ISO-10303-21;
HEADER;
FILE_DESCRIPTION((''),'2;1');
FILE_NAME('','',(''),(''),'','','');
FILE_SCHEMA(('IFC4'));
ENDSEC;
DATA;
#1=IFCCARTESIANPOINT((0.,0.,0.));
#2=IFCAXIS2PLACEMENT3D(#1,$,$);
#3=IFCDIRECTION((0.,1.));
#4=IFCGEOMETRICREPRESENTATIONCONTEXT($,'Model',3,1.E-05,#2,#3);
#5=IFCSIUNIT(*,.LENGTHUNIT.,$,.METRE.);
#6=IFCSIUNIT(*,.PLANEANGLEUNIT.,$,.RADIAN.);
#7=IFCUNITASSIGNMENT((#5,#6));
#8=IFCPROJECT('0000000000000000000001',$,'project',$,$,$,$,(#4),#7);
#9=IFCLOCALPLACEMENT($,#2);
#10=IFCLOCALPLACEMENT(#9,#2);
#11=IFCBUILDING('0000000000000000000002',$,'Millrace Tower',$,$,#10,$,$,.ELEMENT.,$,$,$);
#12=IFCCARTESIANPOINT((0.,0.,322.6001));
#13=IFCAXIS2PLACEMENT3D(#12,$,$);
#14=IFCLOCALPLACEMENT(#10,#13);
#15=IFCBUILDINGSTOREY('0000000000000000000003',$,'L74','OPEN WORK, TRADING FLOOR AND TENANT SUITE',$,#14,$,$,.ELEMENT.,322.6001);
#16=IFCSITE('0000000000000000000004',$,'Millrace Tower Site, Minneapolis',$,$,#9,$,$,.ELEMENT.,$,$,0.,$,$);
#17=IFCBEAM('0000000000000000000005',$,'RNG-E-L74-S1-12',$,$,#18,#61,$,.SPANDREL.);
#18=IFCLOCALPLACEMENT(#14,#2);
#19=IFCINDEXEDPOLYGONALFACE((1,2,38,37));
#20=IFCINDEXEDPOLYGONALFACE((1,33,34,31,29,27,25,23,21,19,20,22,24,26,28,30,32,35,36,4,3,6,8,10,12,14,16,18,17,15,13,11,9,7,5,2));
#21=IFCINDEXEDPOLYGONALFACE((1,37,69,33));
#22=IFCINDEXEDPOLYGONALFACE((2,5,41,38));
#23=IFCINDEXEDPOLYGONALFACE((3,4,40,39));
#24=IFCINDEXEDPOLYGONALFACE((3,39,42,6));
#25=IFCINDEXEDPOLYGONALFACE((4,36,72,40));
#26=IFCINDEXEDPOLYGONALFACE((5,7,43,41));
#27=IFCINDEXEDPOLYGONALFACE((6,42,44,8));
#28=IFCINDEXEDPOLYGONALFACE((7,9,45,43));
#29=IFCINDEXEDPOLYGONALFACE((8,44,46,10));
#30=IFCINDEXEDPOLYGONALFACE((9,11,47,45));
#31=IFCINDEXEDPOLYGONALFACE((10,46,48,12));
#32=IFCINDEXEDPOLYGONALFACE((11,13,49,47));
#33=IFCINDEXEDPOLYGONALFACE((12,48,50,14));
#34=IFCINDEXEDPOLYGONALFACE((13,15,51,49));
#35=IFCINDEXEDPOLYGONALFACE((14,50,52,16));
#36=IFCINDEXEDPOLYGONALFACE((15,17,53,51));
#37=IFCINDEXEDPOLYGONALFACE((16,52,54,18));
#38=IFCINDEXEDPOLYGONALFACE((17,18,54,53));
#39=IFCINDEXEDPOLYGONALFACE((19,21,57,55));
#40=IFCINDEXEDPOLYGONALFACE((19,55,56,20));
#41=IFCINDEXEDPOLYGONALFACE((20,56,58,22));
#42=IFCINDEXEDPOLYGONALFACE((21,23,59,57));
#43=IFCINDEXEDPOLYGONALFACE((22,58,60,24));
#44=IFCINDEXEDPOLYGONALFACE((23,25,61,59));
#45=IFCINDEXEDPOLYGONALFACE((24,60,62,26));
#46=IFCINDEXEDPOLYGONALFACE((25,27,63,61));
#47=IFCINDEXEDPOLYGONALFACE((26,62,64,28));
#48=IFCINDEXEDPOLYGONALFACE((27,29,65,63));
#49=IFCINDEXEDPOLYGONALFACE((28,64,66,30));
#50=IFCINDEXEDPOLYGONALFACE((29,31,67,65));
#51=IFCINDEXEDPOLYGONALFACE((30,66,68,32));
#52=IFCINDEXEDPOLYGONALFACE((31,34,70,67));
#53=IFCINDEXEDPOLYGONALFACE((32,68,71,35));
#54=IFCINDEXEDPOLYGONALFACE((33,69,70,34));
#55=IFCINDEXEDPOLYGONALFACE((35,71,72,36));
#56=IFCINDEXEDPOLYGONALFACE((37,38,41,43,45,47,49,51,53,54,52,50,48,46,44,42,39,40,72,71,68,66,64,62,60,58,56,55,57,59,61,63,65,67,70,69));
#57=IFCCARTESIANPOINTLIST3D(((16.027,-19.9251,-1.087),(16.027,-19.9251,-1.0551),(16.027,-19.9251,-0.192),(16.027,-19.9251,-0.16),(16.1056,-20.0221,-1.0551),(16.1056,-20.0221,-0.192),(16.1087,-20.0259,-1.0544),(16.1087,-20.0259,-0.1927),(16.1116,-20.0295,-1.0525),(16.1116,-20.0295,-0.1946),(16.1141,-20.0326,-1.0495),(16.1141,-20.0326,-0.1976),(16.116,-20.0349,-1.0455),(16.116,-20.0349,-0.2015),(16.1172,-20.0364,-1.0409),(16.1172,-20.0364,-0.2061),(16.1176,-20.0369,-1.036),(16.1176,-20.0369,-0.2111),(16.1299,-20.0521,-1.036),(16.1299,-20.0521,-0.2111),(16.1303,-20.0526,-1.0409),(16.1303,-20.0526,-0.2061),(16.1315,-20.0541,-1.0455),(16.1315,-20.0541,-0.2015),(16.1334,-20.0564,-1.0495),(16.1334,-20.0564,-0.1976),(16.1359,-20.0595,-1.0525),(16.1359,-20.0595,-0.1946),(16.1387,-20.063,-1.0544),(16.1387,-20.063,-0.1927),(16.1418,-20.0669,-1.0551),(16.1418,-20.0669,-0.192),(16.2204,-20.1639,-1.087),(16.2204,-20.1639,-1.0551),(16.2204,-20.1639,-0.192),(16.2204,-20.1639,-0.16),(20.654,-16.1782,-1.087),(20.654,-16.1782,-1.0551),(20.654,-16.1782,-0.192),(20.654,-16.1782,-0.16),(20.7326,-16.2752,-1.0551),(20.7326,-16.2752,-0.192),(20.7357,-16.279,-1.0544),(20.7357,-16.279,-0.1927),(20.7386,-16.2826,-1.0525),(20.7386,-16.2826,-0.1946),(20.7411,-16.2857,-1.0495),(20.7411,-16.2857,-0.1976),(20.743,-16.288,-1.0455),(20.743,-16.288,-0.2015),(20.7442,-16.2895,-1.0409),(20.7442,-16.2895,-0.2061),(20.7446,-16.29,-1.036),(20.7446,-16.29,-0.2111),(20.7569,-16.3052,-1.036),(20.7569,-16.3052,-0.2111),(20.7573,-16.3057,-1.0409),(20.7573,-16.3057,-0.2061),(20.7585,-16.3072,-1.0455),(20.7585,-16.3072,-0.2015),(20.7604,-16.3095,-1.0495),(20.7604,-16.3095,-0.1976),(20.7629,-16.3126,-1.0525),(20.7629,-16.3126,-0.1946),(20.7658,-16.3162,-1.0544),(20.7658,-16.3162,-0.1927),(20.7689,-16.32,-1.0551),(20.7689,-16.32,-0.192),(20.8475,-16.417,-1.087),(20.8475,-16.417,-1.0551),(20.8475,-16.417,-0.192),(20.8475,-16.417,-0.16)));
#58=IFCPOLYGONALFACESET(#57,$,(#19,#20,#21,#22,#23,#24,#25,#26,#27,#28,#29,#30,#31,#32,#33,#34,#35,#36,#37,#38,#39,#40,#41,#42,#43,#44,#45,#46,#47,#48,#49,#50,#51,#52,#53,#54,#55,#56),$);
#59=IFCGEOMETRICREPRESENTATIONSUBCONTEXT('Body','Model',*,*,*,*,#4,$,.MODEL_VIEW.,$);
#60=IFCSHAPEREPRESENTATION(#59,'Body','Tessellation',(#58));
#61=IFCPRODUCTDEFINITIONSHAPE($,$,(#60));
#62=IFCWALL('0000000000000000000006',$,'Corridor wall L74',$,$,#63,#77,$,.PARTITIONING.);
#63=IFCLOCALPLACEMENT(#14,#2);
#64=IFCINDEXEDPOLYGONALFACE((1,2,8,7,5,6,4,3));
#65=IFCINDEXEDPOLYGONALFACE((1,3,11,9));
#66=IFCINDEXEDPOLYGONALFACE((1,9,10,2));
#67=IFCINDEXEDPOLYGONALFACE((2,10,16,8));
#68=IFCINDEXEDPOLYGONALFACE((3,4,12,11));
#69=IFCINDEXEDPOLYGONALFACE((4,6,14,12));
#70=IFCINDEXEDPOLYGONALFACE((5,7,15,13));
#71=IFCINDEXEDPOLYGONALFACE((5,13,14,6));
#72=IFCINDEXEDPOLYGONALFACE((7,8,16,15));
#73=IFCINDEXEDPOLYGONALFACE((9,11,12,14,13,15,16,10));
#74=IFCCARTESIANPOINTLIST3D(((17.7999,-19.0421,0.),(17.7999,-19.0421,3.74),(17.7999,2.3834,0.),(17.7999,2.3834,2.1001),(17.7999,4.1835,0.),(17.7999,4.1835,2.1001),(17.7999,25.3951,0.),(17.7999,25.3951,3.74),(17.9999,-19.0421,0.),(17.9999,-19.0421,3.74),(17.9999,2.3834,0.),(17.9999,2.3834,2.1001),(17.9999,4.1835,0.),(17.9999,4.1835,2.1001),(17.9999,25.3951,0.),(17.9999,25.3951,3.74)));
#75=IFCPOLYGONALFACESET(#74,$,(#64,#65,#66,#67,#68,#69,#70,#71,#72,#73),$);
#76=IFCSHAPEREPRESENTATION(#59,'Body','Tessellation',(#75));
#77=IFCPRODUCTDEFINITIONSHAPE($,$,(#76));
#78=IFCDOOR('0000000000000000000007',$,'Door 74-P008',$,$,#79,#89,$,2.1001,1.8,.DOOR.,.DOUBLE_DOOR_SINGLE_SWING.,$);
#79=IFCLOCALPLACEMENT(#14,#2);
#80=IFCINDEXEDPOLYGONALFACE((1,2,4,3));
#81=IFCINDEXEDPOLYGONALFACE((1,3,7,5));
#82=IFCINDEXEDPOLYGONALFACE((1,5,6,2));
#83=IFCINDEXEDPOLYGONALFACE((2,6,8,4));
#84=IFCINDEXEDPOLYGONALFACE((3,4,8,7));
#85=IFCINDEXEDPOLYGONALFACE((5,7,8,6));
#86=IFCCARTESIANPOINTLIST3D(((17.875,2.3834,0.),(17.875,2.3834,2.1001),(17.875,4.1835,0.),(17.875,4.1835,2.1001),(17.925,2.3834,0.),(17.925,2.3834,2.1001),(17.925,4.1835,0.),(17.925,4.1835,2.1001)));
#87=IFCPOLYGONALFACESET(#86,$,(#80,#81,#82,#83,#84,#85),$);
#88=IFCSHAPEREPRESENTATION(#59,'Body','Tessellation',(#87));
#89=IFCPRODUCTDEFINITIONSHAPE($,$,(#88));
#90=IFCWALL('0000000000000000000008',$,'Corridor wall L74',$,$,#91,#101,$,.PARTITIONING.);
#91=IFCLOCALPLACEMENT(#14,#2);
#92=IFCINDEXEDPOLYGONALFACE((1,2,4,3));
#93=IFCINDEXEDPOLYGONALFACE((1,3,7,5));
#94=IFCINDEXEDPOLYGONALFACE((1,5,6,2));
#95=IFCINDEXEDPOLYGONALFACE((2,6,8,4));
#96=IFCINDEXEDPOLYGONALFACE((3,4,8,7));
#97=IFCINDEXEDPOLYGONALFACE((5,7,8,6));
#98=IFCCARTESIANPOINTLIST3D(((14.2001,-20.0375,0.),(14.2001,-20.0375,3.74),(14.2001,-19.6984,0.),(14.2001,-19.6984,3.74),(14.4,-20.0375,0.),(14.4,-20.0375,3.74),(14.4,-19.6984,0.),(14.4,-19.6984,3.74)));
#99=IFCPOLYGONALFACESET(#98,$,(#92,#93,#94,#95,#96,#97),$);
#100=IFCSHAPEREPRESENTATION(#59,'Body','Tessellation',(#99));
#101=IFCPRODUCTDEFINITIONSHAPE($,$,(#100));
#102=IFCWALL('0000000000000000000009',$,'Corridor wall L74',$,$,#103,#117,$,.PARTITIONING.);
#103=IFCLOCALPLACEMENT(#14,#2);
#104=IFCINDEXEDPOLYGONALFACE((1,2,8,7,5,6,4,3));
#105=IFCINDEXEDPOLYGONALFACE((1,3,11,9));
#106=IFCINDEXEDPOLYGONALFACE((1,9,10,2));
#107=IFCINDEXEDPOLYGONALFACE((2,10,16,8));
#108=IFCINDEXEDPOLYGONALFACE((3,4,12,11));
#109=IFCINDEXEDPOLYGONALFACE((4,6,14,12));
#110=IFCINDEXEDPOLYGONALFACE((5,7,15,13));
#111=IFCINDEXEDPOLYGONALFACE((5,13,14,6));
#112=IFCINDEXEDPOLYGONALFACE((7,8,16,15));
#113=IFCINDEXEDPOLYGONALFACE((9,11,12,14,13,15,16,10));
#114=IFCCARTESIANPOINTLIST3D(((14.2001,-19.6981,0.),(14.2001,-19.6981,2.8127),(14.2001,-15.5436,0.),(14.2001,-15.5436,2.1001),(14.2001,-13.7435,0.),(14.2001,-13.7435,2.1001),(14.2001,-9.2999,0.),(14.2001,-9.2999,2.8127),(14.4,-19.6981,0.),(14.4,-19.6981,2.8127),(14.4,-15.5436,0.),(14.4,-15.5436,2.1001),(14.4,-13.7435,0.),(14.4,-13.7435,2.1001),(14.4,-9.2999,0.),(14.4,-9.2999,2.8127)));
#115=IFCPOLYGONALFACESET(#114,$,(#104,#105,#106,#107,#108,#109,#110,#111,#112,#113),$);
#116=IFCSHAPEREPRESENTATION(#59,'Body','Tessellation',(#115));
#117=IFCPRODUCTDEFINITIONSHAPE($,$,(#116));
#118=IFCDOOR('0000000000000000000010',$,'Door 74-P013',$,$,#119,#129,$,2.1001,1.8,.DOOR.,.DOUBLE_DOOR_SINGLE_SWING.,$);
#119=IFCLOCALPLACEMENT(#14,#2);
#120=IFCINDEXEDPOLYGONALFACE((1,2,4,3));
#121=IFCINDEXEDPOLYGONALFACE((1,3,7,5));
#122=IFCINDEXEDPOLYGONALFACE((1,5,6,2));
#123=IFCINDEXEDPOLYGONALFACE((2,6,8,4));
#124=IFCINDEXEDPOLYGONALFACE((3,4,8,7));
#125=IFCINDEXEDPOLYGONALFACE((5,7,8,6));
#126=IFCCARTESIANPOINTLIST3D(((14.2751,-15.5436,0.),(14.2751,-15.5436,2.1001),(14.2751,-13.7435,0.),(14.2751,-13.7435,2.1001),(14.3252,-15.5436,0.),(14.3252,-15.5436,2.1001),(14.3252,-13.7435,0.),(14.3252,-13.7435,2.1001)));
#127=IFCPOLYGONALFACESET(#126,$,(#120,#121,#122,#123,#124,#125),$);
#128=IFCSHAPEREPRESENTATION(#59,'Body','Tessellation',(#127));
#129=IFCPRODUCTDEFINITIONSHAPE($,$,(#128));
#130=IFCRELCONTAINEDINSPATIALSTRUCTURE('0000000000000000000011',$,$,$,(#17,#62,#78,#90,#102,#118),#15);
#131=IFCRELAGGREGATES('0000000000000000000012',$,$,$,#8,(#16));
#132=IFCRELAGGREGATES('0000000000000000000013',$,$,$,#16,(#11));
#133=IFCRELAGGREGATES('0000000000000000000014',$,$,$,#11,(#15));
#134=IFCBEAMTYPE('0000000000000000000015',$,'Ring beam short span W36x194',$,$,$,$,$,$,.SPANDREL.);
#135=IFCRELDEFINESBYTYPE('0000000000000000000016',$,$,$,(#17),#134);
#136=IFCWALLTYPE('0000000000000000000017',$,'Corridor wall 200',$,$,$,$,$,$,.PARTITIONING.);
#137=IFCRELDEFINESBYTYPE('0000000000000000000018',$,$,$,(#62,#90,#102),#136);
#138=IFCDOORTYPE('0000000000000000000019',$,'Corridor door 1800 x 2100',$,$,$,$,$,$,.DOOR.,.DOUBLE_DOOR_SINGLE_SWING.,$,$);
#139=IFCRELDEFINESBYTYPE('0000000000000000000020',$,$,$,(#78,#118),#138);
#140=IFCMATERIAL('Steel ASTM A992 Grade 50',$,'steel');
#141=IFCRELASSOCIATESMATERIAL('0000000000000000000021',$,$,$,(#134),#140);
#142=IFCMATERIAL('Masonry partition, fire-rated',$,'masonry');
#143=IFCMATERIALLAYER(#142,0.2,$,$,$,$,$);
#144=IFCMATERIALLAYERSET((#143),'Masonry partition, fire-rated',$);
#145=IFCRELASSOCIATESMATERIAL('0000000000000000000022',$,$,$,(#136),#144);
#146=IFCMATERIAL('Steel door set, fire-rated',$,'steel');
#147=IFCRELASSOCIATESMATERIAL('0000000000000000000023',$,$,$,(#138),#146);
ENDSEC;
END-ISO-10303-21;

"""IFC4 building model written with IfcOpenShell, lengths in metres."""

from ifc_helpers import new_model, si_unit, direction, frame, frame_2d, origin, origin_2d, place, context, subcontext, project, spatial, rectangle, i_section, extrude, material, layer, layer_set, material_profile, profile_set, type_object, element, fill, save


model = new_model("IFC4")

# Units and contexts
model_context = context("Model", 3, precision=1e-05, world=origin(), true_north=direction((0.0, 1.0)))
body_context = subcontext(model_context, "Body", "Model", "MODEL_VIEW")
ifc_project = project(units=[si_unit("LENGTHUNIT", "METRE"), si_unit("PLANEANGLEUNIT", "RADIAN")], contexts=[model_context])

# Site, building, storey
site_placement = place(None, origin())
site = spatial("IfcSite", under=ifc_project, at=site_placement, Name="Millrace Tower Site, Minneapolis", CompositionType="ELEMENT", RefElevation=0.0)
building_placement = place(site_placement, origin())
building = spatial("IfcBuilding", under=site, at=building_placement, Name="Millrace Tower", CompositionType="ELEMENT")
storey_placement = place(building_placement, frame((0.0, 0.0, 322.6001)))
storey = spatial("IfcBuildingStorey", under=building, at=storey_placement, Name="L74", Description="OPEN WORK, TRADING FLOOR AND TENANT SUITE", CompositionType="ELEMENT", Elevation=322.6001)

# Beam
ifc_material_1 = material(Name="Steel ASTM A992 Grade 50", Category="steel")
ifc_material_profile_1 = material_profile(ifc_material_1, i_section(OverallWidth=0.3074, OverallDepth=0.927, WebThickness=0.0195, FlangeThickness=0.032, FilletRadius=0.019, at=origin_2d()))
ifc_profile_set_1 = profile_set([ifc_material_profile_1], Name="Steel ASTM A992 Grade 50")
beam_type_1 = type_object("IfcBeamType", Name="Ring beam short span W36x194", PredefinedType="SPANDREL", material=ifc_profile_set_1)
beam_1_placement = place(storey_placement, frame((20.7507, -16.2976, -0.6235), z_axis=(-0.777147, -0.62932, 0.0), x_axis=(0.62932, -0.777147, 0.0)))
element("IfcBeam", 1, at=beam_1_placement, inside=storey, type_object=beam_type_1, Name="RNG-E-L74-S1-12", PredefinedType="SPANDREL", context=body_context, shape_type="SweptSolid", body=[
    extrude(i_section(OverallWidth=0.3074, OverallDepth=0.927, WebThickness=0.0195, FlangeThickness=0.032, FilletRadius=0.019, at=origin_2d()), origin(), (0.0, 0.0, 1.0), 5.9539),
])

# Wall, opening, door
ifc_material_2 = material(Name="Masonry partition, fire-rated", Category="masonry")
ifc_layer_1 = layer(ifc_material_2, 0.2)
ifc_layer_set_1 = layer_set([ifc_layer_1], Name="Masonry partition, fire-rated")
wall_type = type_object("IfcWallType", Name="Corridor wall 200", PredefinedType="PARTITIONING", material=ifc_layer_set_1)
wall_1_placement = place(storey_placement, frame((17.8999, -19.0422, 0.0), z_axis=(0.0, 0.0, 1.0), x_axis=(0.0, 1.0, 0.0)))
wall_1 = element("IfcWall", 2, at=wall_1_placement, inside=storey, type_object=wall_type, Name="Corridor wall L74", PredefinedType="PARTITIONING", context=body_context, shape_type="SweptSolid", body=[
    extrude(rectangle(XDim=44.4373, YDim=0.2, at=frame_2d((22.2188, 0.0))), origin(), (0.0, 0.0, 1.0), 3.74),
])
opening_1_placement = place(wall_1_placement, frame((21.4258, 0.0, 0.0)))
opening_1 = element("IfcOpeningElement", 3, at=opening_1_placement, cuts=wall_1, PredefinedType="OPENING", context=body_context, shape_type="SweptSolid", body=[
    extrude(rectangle(XDim=1.8, YDim=2.1001, at=frame_2d((0.8999, 1.05))), frame((0.0, 0.1099, 0.0), z_axis=(0.0, -1.0, 0.0), x_axis=(1.0, 0.0, 0.0)), (0.0, 0.0, 1.0), 0.22),
])
ifc_material_3 = material(Name="Steel door set, fire-rated", Category="steel")
door_type = type_object("IfcDoorType", Name="Corridor door 1800 x 2100", OperationType="DOUBLE_DOOR_SINGLE_SWING", PredefinedType="DOOR", material=ifc_material_3)
door_1_placement = place(opening_1_placement, origin())
door_1 = element("IfcDoor", 4, at=door_1_placement, inside=storey, type_object=door_type, Name="Door 74-P008", OperationType="DOUBLE_DOOR_SINGLE_SWING", OverallHeight=2.1001, OverallWidth=1.8, PredefinedType="DOOR", context=body_context, shape_type="SweptSolid", body=[
    extrude(rectangle(XDim=1.8, YDim=2.1001, at=frame_2d((0.8999, 1.05))), frame((0.0, 0.0249, 0.0), z_axis=(0.0, -1.0, 0.0), x_axis=(1.0, 0.0, 0.0)), (0.0, 0.0, 1.0), 0.05),
])
fill(opening_1, door_1)

# Wall
wall_2_placement = place(storey_placement, frame((14.3, -20.0374, 0.0), z_axis=(0.0, 0.0, 1.0), x_axis=(0.0, 1.0, 0.0)))
element("IfcWall", 5, at=wall_2_placement, inside=storey, type_object=wall_type, Name="Corridor wall L74", PredefinedType="PARTITIONING", context=body_context, shape_type="SweptSolid", body=[
    extrude(rectangle(XDim=0.3391, YDim=0.2, at=frame_2d((0.1694, 0.0))), origin(), (0.0, 0.0, 1.0), 3.74),
])

# Wall, opening, door
wall_3_placement = place(storey_placement, frame((14.3, -19.6982, 0.0), z_axis=(0.0, 0.0, 1.0), x_axis=(0.0, 1.0, 0.0)))
wall_3 = element("IfcWall", 6, at=wall_3_placement, inside=storey, type_object=wall_type, Name="Corridor wall L74", PredefinedType="PARTITIONING", context=body_context, shape_type="SweptSolid", body=[
    extrude(rectangle(XDim=10.3982, YDim=0.2, at=frame_2d((5.1992, 0.0))), origin(), (0.0, 0.0, 1.0), 2.8127),
])
opening_2_placement = place(wall_3_placement, frame((4.1548, 0.0, 0.0)))
opening_2 = element("IfcOpeningElement", 7, at=opening_2_placement, cuts=wall_3, PredefinedType="OPENING", context=body_context, shape_type="SweptSolid", body=[
    extrude(rectangle(XDim=1.8, YDim=2.1001, at=frame_2d((0.8999, 1.05))), frame((0.0, 0.1099, 0.0), z_axis=(0.0, -1.0, 0.0), x_axis=(1.0, 0.0, 0.0)), (0.0, 0.0, 1.0), 0.22),
])
door_2_placement = place(opening_2_placement, origin())
door_2 = element("IfcDoor", 8, at=door_2_placement, inside=storey, type_object=door_type, Name="Door 74-P013", OperationType="DOUBLE_DOOR_SINGLE_SWING", OverallHeight=2.1001, OverallWidth=1.8, PredefinedType="DOOR", context=body_context, shape_type="SweptSolid", body=[
    extrude(rectangle(XDim=1.8, YDim=2.1001, at=frame_2d((0.8999, 1.05))), frame((0.0, 0.0249, 0.0), z_axis=(0.0, -1.0, 0.0), x_axis=(1.0, 0.0, 0.0)), (0.0, 0.0, 1.0), 0.05),
])
fill(opening_2, door_2)

save(model, "model.ifc")
